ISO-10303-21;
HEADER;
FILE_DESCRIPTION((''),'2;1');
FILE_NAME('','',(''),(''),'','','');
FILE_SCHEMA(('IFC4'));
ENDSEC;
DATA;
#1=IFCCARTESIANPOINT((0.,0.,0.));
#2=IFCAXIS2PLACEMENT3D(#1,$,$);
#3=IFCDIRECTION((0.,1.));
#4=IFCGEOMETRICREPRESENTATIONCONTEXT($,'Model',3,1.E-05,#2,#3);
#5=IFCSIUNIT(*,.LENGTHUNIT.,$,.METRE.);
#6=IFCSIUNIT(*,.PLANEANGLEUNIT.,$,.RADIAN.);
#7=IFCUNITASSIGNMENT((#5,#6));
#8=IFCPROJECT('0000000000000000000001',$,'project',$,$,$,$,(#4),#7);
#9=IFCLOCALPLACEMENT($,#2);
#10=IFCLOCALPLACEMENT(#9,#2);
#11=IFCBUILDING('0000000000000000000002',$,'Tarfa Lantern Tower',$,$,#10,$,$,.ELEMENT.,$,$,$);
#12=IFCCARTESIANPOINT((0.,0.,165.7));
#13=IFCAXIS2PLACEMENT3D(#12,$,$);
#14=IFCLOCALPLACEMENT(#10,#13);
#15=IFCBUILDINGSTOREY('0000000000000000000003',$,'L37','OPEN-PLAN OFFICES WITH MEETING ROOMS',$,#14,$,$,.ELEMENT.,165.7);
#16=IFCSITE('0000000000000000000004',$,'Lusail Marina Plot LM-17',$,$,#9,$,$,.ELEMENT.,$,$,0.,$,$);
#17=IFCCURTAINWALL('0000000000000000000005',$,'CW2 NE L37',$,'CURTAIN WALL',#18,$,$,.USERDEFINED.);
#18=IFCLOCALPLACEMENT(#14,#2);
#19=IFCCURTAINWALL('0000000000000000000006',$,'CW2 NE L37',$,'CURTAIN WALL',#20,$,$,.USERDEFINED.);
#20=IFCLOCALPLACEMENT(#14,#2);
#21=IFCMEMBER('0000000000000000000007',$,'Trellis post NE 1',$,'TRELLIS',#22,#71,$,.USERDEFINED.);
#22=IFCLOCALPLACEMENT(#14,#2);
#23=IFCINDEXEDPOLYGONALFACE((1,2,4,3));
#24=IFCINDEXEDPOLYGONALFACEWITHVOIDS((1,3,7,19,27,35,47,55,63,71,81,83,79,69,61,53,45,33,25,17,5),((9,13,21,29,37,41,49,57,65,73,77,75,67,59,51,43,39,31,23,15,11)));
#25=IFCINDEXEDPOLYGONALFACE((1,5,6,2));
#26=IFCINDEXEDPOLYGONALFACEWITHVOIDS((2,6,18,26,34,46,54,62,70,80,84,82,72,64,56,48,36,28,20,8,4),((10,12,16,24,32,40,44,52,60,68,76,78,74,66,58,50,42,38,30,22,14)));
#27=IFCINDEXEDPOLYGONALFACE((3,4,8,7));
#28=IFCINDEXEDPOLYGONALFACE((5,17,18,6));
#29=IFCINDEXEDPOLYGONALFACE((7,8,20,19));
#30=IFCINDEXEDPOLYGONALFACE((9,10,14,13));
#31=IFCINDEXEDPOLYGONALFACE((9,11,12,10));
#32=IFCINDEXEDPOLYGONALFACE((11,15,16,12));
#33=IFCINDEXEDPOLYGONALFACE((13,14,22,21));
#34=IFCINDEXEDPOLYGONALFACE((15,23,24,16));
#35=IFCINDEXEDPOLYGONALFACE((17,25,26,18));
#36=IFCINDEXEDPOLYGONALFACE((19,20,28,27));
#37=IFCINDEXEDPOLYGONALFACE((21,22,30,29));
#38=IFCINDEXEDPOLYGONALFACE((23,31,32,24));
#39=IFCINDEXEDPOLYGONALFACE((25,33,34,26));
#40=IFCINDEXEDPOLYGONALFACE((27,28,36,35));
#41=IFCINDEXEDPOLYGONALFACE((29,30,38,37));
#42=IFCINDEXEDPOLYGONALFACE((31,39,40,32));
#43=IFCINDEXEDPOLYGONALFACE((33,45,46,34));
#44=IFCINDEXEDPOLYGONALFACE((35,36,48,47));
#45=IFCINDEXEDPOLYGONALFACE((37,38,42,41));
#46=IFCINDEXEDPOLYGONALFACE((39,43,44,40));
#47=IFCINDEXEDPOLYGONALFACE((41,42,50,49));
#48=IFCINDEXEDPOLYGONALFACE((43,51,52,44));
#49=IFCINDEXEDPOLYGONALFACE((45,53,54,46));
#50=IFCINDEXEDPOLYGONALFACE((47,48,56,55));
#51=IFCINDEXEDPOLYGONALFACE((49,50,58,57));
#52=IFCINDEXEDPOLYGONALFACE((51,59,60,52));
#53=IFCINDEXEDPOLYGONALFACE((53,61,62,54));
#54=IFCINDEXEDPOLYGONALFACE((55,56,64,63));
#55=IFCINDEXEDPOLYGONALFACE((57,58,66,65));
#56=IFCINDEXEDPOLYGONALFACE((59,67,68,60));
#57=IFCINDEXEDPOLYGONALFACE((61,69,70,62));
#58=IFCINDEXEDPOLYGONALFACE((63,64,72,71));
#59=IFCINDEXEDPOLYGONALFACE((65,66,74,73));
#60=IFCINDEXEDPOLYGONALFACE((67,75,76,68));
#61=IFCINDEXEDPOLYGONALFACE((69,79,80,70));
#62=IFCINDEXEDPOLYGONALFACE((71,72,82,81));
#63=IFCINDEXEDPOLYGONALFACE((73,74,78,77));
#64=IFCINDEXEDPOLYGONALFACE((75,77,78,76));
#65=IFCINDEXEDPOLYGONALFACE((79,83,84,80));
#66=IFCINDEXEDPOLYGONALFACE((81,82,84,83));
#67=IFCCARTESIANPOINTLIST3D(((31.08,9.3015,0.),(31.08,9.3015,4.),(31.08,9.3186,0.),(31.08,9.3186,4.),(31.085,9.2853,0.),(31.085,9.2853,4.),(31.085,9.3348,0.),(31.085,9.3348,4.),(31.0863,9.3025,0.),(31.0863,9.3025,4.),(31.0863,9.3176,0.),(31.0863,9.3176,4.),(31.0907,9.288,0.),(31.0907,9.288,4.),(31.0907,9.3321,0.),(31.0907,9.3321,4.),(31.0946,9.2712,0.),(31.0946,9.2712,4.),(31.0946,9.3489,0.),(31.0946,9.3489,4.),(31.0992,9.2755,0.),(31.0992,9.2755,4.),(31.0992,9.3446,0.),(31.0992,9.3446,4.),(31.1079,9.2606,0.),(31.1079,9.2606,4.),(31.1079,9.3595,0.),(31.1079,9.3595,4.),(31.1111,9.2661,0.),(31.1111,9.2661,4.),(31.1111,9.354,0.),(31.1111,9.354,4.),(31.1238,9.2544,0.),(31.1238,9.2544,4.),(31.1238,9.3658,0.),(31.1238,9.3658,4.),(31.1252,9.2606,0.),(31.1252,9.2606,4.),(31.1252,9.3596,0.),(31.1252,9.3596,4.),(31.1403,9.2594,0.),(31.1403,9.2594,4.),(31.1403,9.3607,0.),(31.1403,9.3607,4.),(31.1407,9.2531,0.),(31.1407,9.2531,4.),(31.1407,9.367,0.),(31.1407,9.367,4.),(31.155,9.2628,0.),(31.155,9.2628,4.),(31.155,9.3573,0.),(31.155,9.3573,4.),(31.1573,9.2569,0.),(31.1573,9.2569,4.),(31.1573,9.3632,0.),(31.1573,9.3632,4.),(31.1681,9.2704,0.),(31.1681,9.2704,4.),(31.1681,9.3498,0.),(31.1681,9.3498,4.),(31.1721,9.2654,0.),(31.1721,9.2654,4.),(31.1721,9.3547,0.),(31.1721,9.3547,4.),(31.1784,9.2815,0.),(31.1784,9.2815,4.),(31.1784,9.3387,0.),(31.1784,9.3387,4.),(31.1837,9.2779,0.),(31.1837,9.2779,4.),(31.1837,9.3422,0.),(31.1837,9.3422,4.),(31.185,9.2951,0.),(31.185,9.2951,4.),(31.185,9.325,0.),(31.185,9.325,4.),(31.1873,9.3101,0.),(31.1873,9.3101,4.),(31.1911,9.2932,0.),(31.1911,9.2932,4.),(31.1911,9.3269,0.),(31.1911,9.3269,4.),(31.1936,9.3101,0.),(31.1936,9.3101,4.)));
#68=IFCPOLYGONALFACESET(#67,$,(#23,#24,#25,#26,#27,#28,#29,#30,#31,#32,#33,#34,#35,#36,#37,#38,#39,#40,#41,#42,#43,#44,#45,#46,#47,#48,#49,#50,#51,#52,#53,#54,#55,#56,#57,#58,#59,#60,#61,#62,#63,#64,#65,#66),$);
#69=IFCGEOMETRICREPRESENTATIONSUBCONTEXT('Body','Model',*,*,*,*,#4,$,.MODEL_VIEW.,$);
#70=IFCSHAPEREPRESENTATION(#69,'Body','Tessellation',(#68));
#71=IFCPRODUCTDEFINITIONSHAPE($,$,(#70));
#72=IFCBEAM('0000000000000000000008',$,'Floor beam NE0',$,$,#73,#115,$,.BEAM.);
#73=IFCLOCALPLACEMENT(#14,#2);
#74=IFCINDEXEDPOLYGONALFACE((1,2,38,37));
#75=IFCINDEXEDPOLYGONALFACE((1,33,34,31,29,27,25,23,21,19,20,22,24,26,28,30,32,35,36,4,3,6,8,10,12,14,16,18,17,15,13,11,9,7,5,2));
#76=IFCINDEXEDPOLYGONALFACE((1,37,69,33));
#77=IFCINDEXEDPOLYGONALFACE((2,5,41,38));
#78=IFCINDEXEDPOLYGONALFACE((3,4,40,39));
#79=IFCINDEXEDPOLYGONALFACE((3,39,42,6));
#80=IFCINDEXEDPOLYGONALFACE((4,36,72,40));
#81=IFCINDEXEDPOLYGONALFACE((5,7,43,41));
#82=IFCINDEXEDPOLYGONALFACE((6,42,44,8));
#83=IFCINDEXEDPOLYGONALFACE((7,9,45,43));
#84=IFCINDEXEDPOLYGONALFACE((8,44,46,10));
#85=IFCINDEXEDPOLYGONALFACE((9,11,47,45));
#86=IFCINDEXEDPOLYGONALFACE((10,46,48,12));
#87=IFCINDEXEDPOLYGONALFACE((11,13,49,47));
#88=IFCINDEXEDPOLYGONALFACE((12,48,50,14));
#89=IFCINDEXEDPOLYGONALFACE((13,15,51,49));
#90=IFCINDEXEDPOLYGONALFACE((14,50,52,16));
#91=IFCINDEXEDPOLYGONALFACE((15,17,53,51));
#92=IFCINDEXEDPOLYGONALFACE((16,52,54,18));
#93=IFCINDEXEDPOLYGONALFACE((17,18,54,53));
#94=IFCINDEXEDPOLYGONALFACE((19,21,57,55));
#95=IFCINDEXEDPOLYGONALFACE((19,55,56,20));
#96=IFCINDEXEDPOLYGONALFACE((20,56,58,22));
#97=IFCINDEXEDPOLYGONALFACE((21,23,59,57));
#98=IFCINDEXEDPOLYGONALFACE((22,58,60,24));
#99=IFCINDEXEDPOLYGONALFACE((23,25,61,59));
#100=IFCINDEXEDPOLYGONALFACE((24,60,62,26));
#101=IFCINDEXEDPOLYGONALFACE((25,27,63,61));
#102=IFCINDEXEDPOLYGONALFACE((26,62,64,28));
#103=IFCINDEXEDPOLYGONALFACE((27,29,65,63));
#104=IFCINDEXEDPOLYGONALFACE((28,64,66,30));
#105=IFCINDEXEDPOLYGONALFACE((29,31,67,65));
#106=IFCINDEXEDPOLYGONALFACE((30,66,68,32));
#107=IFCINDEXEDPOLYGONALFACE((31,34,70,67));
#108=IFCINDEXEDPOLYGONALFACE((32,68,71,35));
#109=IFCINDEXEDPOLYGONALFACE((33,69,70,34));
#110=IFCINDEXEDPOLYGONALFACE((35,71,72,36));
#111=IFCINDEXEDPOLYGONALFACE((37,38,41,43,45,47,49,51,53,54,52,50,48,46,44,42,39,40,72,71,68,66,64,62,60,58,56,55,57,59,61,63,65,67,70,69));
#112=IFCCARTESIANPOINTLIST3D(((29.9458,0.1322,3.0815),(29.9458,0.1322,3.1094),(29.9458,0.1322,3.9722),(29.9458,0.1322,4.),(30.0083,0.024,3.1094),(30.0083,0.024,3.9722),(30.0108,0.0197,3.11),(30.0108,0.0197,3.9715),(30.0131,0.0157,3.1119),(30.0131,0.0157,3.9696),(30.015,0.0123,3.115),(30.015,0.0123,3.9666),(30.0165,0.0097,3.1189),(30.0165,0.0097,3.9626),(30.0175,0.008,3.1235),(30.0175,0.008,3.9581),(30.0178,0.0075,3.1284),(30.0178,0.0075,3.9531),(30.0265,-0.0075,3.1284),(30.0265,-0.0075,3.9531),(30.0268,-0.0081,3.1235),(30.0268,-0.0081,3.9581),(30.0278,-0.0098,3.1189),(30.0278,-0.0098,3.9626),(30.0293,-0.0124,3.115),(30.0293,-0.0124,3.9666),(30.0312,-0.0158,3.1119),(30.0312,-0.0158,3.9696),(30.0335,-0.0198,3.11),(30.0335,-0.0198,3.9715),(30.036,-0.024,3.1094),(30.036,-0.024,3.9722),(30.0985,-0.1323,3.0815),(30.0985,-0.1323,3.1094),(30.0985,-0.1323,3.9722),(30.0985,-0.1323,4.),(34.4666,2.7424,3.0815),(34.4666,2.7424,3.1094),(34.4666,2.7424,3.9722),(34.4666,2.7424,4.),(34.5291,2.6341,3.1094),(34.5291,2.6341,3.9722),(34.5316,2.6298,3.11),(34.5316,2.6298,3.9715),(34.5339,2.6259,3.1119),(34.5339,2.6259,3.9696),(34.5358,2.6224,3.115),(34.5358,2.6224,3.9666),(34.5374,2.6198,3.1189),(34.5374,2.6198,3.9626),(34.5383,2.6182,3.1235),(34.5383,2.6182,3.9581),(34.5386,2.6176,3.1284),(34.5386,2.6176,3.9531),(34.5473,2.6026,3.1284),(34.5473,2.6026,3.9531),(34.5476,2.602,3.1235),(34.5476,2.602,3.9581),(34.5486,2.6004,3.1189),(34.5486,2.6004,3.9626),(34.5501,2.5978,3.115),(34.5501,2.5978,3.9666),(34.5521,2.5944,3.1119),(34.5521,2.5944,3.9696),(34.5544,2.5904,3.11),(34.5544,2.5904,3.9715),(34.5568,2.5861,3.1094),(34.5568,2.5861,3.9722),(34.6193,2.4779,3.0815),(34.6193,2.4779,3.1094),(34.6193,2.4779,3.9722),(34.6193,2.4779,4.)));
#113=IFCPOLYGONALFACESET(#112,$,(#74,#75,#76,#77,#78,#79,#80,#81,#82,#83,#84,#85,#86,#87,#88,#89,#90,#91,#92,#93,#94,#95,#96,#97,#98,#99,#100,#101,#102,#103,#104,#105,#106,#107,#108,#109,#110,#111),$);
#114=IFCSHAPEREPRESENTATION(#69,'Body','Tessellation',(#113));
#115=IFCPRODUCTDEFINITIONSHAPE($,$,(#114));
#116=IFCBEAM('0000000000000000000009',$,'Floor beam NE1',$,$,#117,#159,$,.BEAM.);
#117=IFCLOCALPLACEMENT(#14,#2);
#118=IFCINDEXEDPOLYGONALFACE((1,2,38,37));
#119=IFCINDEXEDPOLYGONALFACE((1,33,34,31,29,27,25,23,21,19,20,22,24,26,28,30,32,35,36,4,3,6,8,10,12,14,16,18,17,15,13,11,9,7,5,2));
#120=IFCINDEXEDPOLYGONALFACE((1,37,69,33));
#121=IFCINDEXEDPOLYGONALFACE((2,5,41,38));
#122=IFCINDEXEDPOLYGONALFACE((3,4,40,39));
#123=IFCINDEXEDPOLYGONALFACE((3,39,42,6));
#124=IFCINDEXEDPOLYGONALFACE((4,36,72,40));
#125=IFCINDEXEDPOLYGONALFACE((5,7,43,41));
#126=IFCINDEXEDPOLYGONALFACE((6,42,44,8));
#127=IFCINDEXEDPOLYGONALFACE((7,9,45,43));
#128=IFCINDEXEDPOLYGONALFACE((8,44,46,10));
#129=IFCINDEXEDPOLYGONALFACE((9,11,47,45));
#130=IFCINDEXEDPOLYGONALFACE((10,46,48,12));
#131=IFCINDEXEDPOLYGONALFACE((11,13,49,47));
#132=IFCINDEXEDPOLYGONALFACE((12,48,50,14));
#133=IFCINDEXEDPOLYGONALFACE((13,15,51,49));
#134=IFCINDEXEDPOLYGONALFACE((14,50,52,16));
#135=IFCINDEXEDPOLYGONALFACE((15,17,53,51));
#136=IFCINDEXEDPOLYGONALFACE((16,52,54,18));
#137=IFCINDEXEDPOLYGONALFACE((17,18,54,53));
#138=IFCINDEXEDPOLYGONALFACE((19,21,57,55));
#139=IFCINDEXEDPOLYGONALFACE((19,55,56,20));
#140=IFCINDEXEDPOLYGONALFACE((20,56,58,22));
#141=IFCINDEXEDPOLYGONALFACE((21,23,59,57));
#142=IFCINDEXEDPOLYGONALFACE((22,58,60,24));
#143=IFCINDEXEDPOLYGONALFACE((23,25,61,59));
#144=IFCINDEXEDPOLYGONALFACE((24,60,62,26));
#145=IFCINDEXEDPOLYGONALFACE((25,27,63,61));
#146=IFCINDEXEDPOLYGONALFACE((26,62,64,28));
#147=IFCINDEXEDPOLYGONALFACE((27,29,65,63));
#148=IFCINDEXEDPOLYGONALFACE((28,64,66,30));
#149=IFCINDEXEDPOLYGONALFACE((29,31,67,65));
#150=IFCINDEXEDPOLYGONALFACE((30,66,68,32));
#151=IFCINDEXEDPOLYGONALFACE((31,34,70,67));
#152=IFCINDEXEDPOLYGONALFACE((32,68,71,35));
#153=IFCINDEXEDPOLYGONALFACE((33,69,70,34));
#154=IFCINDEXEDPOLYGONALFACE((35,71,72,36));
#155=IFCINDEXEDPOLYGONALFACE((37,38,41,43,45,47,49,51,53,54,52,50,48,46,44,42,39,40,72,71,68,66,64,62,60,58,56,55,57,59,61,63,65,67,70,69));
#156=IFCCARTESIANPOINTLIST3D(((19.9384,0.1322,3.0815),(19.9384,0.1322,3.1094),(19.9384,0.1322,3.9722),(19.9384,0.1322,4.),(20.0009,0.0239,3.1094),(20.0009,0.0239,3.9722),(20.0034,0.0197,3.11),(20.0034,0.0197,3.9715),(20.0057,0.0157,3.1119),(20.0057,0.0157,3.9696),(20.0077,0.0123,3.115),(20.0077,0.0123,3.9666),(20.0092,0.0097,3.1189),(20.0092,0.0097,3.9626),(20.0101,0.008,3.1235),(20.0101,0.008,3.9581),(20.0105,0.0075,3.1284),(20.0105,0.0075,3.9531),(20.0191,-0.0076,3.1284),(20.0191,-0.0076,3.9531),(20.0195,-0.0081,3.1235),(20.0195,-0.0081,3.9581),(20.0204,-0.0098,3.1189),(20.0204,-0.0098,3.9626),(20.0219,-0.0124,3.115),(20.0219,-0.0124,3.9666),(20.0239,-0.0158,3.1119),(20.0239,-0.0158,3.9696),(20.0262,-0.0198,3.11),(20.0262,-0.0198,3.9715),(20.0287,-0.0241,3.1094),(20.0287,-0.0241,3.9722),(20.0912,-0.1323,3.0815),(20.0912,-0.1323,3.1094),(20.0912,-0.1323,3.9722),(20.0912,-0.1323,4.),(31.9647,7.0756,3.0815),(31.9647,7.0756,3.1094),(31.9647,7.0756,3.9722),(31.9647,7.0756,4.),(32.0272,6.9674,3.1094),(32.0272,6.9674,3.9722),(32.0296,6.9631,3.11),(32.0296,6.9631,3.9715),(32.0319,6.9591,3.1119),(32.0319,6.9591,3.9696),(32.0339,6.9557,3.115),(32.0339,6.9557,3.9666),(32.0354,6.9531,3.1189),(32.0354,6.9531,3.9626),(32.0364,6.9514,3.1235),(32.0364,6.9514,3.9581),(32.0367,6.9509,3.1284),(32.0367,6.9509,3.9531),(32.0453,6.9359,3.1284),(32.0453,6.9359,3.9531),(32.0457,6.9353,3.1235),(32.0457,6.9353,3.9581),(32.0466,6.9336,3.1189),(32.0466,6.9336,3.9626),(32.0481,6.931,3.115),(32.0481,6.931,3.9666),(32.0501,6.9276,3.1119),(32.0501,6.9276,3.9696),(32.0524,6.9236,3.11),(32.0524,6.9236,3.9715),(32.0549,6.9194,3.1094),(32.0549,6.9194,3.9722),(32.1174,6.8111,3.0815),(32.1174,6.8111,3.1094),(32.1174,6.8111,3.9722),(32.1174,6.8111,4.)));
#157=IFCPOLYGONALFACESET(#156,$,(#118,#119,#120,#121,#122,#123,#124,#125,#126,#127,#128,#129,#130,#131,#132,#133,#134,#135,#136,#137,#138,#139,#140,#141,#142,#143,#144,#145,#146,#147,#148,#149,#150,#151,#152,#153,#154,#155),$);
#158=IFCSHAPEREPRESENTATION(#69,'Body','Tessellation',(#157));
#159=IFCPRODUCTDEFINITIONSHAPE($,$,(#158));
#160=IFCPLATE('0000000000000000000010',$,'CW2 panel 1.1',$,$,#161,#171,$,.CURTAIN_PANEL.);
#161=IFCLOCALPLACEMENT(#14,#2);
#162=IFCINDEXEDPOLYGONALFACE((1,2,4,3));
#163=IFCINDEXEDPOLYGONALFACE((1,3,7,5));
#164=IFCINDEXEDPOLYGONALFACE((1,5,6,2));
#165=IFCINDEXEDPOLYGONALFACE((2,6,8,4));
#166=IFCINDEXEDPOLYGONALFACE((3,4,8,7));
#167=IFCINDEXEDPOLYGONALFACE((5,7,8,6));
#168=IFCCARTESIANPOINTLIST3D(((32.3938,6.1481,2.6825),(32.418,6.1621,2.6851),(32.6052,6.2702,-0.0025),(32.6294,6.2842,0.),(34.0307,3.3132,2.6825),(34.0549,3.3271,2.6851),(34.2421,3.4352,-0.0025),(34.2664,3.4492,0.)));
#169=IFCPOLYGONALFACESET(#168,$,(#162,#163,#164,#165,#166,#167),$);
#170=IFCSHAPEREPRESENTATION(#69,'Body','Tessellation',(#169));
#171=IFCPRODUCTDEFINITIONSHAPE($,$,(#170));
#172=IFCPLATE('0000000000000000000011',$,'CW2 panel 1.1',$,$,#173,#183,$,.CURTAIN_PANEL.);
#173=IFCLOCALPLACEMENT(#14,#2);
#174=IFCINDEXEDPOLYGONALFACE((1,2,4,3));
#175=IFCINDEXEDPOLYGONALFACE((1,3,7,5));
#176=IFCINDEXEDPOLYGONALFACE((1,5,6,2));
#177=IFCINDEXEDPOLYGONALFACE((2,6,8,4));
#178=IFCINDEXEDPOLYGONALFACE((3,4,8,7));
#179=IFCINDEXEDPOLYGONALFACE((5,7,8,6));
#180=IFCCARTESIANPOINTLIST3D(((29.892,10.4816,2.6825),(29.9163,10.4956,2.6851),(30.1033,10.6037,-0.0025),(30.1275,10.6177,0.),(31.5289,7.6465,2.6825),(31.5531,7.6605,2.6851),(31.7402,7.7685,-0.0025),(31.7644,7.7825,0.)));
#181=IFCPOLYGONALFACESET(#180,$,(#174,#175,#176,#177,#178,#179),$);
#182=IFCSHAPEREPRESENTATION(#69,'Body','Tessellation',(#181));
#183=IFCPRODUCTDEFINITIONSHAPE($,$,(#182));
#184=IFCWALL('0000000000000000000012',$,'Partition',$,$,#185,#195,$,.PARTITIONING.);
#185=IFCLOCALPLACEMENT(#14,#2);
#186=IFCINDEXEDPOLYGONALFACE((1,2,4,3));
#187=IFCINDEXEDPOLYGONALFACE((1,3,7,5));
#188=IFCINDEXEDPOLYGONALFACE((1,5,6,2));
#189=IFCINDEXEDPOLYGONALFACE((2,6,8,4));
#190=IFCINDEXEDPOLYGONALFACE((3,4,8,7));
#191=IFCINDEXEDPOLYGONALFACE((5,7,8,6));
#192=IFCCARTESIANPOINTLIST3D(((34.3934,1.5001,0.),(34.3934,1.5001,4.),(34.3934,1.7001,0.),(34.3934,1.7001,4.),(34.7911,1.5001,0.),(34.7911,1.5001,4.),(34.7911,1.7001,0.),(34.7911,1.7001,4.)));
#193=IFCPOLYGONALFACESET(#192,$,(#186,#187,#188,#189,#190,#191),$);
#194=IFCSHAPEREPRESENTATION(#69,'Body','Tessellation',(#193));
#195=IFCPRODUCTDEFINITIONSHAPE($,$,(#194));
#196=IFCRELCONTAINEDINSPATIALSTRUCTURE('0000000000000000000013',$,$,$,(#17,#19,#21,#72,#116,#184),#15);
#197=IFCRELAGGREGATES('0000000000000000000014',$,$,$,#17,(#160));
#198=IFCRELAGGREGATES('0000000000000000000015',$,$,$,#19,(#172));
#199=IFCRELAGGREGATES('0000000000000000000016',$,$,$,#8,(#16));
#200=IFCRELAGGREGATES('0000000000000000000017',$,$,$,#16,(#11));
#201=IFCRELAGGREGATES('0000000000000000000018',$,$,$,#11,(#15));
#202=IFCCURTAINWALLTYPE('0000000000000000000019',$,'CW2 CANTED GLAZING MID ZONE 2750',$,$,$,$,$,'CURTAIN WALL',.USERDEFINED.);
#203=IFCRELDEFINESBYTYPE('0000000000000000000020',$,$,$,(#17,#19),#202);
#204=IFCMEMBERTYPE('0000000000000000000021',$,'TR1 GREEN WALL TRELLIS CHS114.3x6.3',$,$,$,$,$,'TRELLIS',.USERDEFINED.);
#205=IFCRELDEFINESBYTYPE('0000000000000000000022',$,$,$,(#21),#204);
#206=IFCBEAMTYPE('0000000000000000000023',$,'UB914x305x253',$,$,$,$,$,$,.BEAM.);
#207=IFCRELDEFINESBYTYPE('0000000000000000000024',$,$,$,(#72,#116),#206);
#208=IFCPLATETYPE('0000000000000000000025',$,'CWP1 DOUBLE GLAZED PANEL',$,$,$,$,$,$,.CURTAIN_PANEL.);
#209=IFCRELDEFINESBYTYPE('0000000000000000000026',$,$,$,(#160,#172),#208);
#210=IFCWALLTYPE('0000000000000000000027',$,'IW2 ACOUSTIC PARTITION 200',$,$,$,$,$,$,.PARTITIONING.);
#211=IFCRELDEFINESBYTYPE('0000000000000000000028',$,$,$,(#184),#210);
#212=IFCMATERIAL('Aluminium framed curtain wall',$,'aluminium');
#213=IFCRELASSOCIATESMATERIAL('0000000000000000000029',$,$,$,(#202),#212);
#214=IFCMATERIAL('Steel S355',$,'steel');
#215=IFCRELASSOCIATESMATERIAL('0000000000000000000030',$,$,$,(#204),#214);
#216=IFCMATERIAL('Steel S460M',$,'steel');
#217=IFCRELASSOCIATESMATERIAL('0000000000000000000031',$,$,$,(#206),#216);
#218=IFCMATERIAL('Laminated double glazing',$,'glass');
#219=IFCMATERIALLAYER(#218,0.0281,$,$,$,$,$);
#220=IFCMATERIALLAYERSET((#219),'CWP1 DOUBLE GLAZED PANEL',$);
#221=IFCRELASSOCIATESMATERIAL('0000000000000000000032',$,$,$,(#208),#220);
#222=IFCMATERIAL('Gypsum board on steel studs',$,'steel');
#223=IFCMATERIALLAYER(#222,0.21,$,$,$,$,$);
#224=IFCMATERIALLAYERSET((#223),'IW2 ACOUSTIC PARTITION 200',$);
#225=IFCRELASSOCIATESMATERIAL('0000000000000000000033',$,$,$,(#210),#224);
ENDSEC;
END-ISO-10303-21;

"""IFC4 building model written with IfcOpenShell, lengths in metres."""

from ifc_helpers import new_model, si_unit, direction, frame, frame_2d, origin, origin_2d, place, context, subcontext, project, spatial, polyline, rectangle, hollow_circle, i_section, outline, extrude, material, layer, layer_set, material_profile, profile_set, type_object, element, aggregate, save


model = new_model("IFC4")

# Units and contexts
model_context = context("Model", 3, precision=1e-05, world=origin(), true_north=direction((0.0, 1.0)))
body_context = subcontext(model_context, "Body", "Model", "MODEL_VIEW")
ifc_project = project(units=[si_unit("LENGTHUNIT", "METRE"), si_unit("PLANEANGLEUNIT", "RADIAN")], contexts=[model_context])

# Site, building, storey
site_placement = place(None, origin())
site = spatial("IfcSite", under=ifc_project, at=site_placement, Name="Lusail Marina Plot LM-17", CompositionType="ELEMENT", RefElevation=0.0)
building_placement = place(site_placement, origin())
building = spatial("IfcBuilding", under=site, at=building_placement, Name="Tarfa Lantern Tower", CompositionType="ELEMENT")
storey_placement = place(building_placement, frame((0.0, 0.0, 165.7)))
storey = spatial("IfcBuildingStorey", under=building, at=storey_placement, Name="L37", Description="OPEN-PLAN OFFICES WITH MEETING ROOMS", CompositionType="ELEMENT", Elevation=165.7)

# Curtain walls
ifc_material_1 = material(Name="Aluminium framed curtain wall", Category="aluminium")
curtain_wall_type_1 = type_object("IfcCurtainWallType", Name="CW2 CANTED GLAZING MID ZONE 2750", ElementType="CURTAIN WALL", PredefinedType="USERDEFINED", material=ifc_material_1)
curtain_wall_1_placement = place(storey_placement, origin())
curtain_wall_1 = element("IfcCurtainWall", 1, at=curtain_wall_1_placement, inside=storey, type_object=curtain_wall_type_1, Name="CW2 NE L37", ObjectType="CURTAIN WALL", PredefinedType="USERDEFINED")
curtain_wall_2_placement = place(storey_placement, origin())
curtain_wall_2 = element("IfcCurtainWall", 2, at=curtain_wall_2_placement, inside=storey, type_object=curtain_wall_type_1, Name="CW2 NE L37", ObjectType="CURTAIN WALL", PredefinedType="USERDEFINED")

# Member
ifc_material_2 = material(Name="Steel S355", Category="steel")
ifc_material_profile_1 = material_profile(ifc_material_2, hollow_circle(Radius=0.0571, WallThickness=0.0063, at=origin_2d()), Name="CHS114.3x6.3")
ifc_profile_set_1 = profile_set([ifc_material_profile_1], Name="Steel S355")
member_type_1 = type_object("IfcMemberType", Name="TR1 GREEN WALL TRELLIS CHS114.3x6.3", ElementType="TRELLIS", PredefinedType="USERDEFINED", material=ifc_profile_set_1)
member_1_placement = place(storey_placement, frame((31.1365, 9.3101, 0.0), z_axis=(0.0, 0.0, 1.0), x_axis=(1.0, 0.0, 0.0)))
element("IfcMember", 3, at=member_1_placement, inside=storey, type_object=member_type_1, Name="Trellis post NE 1", ObjectType="TRELLIS", PredefinedType="USERDEFINED", context=body_context, shape_type="SweptSolid", body=[
    extrude(hollow_circle(Radius=0.0571, WallThickness=0.0063, at=origin_2d()), origin(), (0.0, 0.0, 1.0), 4.0),
])

# Beams
ifc_material_3 = material(Name="Steel S460M", Category="steel")
ifc_material_profile_2 = material_profile(ifc_material_3, i_section(OverallWidth=0.3054, OverallDepth=0.9185, WebThickness=0.0173, FlangeThickness=0.0278, FilletRadius=0.019, at=origin_2d()), Name="UB914x305x253")
ifc_profile_set_2 = profile_set([ifc_material_profile_2], Name="Steel S460M")
beam_type_1 = type_object("IfcBeamType", Name="UB914x305x253", PredefinedType="BEAM", material=ifc_profile_set_2)
beam_1_placement = place(storey_placement, frame((34.543, 2.6101, 3.5408), z_axis=(-0.866021, -0.500007, 0.0), x_axis=(0.500007, -0.866021, 0.0)))
element("IfcBeam", 4, at=beam_1_placement, inside=storey, type_object=beam_type_1, Name="Floor beam NE0", PredefinedType="BEAM", context=body_context, shape_type="SweptSolid", body=[
    extrude(i_section(OverallWidth=0.3054, OverallDepth=0.9185, WebThickness=0.0173, FlangeThickness=0.0278, FilletRadius=0.019, at=origin_2d()), origin(), (0.0, 0.0, 1.0), 5.2202),
])
beam_2_placement = place(storey_placement, frame((32.041, 6.9434, 3.5408), z_axis=(-0.866023, -0.500004, 0.0), x_axis=(0.500004, -0.866023, 0.0)))
element("IfcBeam", 5, at=beam_2_placement, inside=storey, type_object=beam_type_1, Name="Floor beam NE1", PredefinedType="BEAM", context=body_context, shape_type="SweptSolid", body=[
    extrude(i_section(OverallWidth=0.3054, OverallDepth=0.9185, WebThickness=0.0173, FlangeThickness=0.0278, FilletRadius=0.019, at=origin_2d()), origin(), (0.0, 0.0, 1.0), 13.8867),
])

# Plates
ifc_material_4 = material(Name="Laminated double glazing", Category="glass")
ifc_layer_1 = layer(ifc_material_4, 0.0281)
ifc_layer_set_1 = layer_set([ifc_layer_1], Name="CWP1 DOUBLE GLAZED PANEL")
plate_type = type_object("IfcPlateType", Name="CWP1 DOUBLE GLAZED PANEL", PredefinedType="CURTAIN_PANEL", material=ifc_layer_set_1)
plate_1_placement = place(storey_placement, frame((34.2664, 3.4492, 0.0), z_axis=(0.862442, 0.497991, 0.09055), x_axis=(-0.500045, 0.865999, 0.0)))
plate_1 = element("IfcPlate", 6, at=plate_1_placement, type_object=plate_type, Name="CW2 panel 1.1", PredefinedType="CURTAIN_PANEL", context=body_context, shape_type="SweptSolid", body=[
    extrude(outline(polyline([(0.0, 0.0), (3.2736, 0.0), (3.2736, 2.6961), (0.0, 2.6961), (0.0, 0.0)])), origin(), (0.0, 0.0, -1.0), 0.0281),
])
aggregate(curtain_wall_1, [plate_1])
plate_2_placement = place(storey_placement, frame((31.7644, 7.7825, 0.0), z_axis=(0.862479, 0.497933, 0.090511), x_axis=(-0.499985, 0.866034, 0.000003)))
plate_2 = element("IfcPlate", 7, at=plate_2_placement, type_object=plate_type, Name="CW2 panel 1.1", PredefinedType="CURTAIN_PANEL", context=body_context, shape_type="SweptSolid", body=[
    extrude(outline(polyline([(0.0, 0.0), (3.2738, 0.0), (3.2737, 2.6961), (0.0, 2.6961), (0.0, 0.0)])), origin(), (0.0, 0.0, -1.0), 0.0281),
])
aggregate(curtain_wall_2, [plate_2])

# Wall
ifc_material_5 = material(Name="Gypsum board on steel studs", Category="steel")
ifc_layer_2 = layer(ifc_material_5, 0.21)
ifc_layer_set_2 = layer_set([ifc_layer_2], Name="IW2 ACOUSTIC PARTITION 200")
wall_type = type_object("IfcWallType", Name="IW2 ACOUSTIC PARTITION 200", PredefinedType="PARTITIONING", material=ifc_layer_set_2)
wall_placement = place(storey_placement, frame((34.3936, 1.6001, 0.0), z_axis=(0.0, 0.0, 1.0), x_axis=(1.0, 0.0, 0.0)))
element("IfcWall", 8, at=wall_placement, inside=storey, type_object=wall_type, Name="Partition", PredefinedType="PARTITIONING", context=body_context, shape_type="SweptSolid", body=[
    extrude(rectangle(XDim=0.3977, YDim=0.2, at=frame_2d((0.1987, 0.0))), origin(), (0.0, 0.0, 1.0), 4.0),
])

save(model, "model.ifc")
